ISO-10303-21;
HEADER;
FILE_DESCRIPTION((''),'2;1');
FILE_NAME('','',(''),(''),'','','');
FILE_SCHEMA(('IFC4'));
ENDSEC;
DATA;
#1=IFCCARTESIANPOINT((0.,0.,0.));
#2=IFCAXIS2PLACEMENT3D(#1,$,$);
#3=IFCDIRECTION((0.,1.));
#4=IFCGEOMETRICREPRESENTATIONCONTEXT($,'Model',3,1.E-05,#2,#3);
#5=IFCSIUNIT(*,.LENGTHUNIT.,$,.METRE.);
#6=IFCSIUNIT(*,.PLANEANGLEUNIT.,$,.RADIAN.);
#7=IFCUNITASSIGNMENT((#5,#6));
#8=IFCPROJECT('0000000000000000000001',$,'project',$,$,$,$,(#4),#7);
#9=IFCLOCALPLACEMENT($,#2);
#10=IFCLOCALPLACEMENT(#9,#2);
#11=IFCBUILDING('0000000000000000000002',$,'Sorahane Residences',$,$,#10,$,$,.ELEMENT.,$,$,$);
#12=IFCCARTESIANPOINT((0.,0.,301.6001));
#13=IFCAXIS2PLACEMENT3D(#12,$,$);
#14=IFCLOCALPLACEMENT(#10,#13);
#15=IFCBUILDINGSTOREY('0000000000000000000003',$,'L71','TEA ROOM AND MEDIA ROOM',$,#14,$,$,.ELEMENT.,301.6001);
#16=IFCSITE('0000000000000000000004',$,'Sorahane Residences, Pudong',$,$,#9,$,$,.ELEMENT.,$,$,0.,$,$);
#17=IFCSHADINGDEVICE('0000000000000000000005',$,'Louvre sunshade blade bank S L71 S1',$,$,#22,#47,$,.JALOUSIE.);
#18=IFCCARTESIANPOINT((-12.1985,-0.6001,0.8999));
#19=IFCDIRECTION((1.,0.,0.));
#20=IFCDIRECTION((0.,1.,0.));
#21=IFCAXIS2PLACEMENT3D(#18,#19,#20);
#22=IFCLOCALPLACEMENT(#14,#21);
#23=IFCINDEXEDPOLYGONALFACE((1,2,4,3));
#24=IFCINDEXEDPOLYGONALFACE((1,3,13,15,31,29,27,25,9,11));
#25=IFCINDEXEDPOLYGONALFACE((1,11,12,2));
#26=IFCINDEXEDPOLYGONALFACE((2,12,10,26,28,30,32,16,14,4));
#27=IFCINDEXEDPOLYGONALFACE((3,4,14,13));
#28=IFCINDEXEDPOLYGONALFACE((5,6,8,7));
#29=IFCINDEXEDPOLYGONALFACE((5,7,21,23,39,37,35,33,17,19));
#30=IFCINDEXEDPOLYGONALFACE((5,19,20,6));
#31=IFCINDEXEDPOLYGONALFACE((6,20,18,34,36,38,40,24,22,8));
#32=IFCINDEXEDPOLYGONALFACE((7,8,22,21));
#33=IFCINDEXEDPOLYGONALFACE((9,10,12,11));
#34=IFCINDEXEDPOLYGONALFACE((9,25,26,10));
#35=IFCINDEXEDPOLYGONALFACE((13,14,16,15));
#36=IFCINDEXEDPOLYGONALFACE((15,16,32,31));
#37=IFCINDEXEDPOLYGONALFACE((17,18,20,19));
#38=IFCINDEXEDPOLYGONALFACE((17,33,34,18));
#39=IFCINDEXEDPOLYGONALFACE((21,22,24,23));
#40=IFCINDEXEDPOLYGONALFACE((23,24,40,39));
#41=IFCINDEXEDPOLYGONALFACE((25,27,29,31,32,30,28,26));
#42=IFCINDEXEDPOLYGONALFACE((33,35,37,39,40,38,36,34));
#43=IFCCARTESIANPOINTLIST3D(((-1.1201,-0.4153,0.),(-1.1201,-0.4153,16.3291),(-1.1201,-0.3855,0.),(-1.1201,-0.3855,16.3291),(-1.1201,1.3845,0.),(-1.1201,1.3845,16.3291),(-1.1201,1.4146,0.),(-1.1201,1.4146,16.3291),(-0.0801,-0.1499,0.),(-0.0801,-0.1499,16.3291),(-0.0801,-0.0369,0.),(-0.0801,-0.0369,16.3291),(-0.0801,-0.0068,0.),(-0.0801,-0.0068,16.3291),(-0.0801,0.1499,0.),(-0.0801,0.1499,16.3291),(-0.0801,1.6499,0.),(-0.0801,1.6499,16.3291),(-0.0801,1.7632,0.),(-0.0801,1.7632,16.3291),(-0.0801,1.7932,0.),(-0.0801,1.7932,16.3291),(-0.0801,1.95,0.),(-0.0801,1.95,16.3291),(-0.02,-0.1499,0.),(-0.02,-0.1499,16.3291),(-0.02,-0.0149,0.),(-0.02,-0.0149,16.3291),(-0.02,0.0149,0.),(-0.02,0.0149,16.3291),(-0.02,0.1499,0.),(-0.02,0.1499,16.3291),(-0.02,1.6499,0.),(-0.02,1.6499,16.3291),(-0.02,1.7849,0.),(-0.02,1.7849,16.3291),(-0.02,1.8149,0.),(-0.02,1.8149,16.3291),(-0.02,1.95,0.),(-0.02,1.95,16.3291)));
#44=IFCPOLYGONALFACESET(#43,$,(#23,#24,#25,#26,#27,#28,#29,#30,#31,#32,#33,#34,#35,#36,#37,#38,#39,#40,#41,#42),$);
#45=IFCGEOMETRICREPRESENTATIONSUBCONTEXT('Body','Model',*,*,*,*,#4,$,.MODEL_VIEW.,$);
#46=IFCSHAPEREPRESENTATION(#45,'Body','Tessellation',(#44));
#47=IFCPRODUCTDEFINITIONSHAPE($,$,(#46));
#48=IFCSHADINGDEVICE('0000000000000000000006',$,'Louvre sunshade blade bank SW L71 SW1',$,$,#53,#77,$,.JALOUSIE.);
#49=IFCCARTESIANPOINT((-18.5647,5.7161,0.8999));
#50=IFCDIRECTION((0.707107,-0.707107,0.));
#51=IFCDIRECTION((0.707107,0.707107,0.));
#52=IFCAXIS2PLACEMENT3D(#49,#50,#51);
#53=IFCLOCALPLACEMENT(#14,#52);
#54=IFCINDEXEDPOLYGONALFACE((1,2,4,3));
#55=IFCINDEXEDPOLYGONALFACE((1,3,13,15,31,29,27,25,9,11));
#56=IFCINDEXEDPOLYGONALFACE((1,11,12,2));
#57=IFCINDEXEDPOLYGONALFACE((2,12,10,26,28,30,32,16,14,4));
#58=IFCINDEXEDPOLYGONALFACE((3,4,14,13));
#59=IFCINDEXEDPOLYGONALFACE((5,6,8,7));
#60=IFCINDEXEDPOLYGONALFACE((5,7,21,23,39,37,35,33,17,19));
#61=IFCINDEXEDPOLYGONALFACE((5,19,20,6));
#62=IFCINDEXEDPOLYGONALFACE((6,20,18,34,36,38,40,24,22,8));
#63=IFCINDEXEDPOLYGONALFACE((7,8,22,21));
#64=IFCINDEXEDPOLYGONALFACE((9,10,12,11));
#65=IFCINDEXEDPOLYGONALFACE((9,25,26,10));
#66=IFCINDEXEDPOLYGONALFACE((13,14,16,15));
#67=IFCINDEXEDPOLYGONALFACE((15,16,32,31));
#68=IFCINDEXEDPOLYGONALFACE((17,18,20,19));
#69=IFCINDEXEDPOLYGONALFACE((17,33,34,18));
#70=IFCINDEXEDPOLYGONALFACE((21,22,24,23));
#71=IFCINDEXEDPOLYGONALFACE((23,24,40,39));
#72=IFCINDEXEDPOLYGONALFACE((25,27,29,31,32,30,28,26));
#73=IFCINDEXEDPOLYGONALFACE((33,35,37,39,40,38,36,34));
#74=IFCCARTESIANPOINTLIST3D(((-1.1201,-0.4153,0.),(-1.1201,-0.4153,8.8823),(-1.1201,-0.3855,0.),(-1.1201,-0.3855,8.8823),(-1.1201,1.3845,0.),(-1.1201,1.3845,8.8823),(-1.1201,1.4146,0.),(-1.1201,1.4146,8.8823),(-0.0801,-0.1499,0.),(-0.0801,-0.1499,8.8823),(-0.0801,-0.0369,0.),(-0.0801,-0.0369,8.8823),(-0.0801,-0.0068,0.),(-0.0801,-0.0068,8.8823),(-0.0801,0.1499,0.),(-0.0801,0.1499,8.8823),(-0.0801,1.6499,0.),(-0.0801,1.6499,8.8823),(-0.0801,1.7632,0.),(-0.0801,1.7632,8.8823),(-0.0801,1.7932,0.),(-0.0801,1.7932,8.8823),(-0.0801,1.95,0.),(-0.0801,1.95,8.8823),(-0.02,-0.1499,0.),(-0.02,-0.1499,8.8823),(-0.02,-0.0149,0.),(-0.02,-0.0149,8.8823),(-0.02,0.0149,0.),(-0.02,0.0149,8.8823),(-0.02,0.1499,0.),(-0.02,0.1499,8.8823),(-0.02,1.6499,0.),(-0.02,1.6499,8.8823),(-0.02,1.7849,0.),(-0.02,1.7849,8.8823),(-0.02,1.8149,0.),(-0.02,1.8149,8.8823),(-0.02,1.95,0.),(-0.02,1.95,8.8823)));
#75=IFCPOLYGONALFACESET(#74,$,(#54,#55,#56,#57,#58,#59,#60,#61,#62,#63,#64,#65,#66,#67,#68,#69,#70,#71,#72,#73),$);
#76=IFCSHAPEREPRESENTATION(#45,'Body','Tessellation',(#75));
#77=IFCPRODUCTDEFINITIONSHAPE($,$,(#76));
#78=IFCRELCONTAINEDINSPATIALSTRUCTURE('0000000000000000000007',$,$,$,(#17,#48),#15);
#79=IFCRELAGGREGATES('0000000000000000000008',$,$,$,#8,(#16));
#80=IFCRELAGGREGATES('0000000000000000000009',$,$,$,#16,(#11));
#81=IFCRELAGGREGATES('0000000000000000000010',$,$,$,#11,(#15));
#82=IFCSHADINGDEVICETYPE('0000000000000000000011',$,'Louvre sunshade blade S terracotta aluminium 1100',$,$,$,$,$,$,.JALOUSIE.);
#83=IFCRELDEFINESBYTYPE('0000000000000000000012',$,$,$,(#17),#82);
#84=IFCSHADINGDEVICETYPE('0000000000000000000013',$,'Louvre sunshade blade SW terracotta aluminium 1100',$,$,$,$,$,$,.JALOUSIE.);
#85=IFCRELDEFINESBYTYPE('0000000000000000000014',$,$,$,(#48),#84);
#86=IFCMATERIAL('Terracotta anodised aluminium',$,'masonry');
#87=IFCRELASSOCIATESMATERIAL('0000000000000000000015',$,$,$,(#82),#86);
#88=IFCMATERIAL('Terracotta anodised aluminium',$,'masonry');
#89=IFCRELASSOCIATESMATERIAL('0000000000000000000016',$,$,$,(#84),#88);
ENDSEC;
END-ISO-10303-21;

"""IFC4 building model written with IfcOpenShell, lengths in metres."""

from ifc_helpers import new_model, si_unit, direction, frame, origin, place, context, subcontext, project, spatial, polyline, outline, composite_profile, extrude, material, type_object, element, save


model = new_model("IFC4")

# Units and contexts
model_context = context("Model", 3, precision=1e-05, world=origin(), true_north=direction((0.0, 1.0)))
body_context = subcontext(model_context, "Body", "Model", "MODEL_VIEW")
ifc_project = project(units=[si_unit("LENGTHUNIT", "METRE"), si_unit("PLANEANGLEUNIT", "RADIAN")], contexts=[model_context])

# Site, building, storey
site_placement = place(None, origin())
site = spatial("IfcSite", under=ifc_project, at=site_placement, Name="Sorahane Residences, Pudong", CompositionType="ELEMENT", RefElevation=0.0)
building_placement = place(site_placement, origin())
building = spatial("IfcBuilding", under=site, at=building_placement, Name="Sorahane Residences", CompositionType="ELEMENT")
storey_placement = place(building_placement, frame((0.0, 0.0, 301.6001)))
storey = spatial("IfcBuildingStorey", under=building, at=storey_placement, Name="L71", Description="TEA ROOM AND MEDIA ROOM", CompositionType="ELEMENT", Elevation=301.6001)

# Shading devices
ifc_material_1 = material(Name="Terracotta anodised aluminium", Category="masonry")
shading_device_type_1 = type_object("IfcShadingDeviceType", Name="Louvre sunshade blade S terracotta aluminium 1100", PredefinedType="JALOUSIE", material=ifc_material_1)
shading_device_1_placement = place(storey_placement, frame((-12.1985, -0.6001, 0.8999), z_axis=(1.0, 0.0, 0.0), x_axis=(0.0, 1.0, 0.0)))
element("IfcShadingDevice", 1, at=shading_device_1_placement, inside=storey, type_object=shading_device_type_1, Name="Louvre sunshade blade bank S L71 S1", PredefinedType="JALOUSIE", context=body_context, shape_type="SweptSolid", body=[
    extrude(composite_profile([outline(polyline([(-1.1201, -0.3855), (-1.1201, -0.4153), (-0.0801, -0.0369), (-0.0801, -0.1499), (-0.02, -0.1499), (-0.02, -0.0149), (-0.02, 0.0149), (-0.02, 0.1499), (-0.0801, 0.1499), (-0.0801, -0.0068), (-1.1201, -0.3855)])), outline(polyline([(-1.1201, 1.4146), (-1.1201, 1.3845), (-0.0801, 1.7632), (-0.0801, 1.6499), (-0.02, 1.6499), (-0.02, 1.7849), (-0.02, 1.8149), (-0.02, 1.95), (-0.0801, 1.95), (-0.0801, 1.7932), (-1.1201, 1.4146)]))]), origin(), (0.0, 0.0, 1.0), 16.3291),
])
ifc_material_2 = material(Name="Terracotta anodised aluminium", Category="masonry")
shading_device_type_2 = type_object("IfcShadingDeviceType", Name="Louvre sunshade blade SW terracotta aluminium 1100", PredefinedType="JALOUSIE", material=ifc_material_2)
shading_device_2_placement = place(storey_placement, frame((-18.5647, 5.7161, 0.8999), z_axis=(0.707107, -0.707107, 0.0), x_axis=(0.707107, 0.707107, 0.0)))
element("IfcShadingDevice", 2, at=shading_device_2_placement, inside=storey, type_object=shading_device_type_2, Name="Louvre sunshade blade bank SW L71 SW1", PredefinedType="JALOUSIE", context=body_context, shape_type="SweptSolid", body=[
    extrude(composite_profile([outline(polyline([(-1.1201, -0.3855), (-1.1201, -0.4153), (-0.0801, -0.0369), (-0.0801, -0.1499), (-0.02, -0.1499), (-0.02, -0.0149), (-0.02, 0.0149), (-0.02, 0.1499), (-0.0801, 0.1499), (-0.0801, -0.0068), (-1.1201, -0.3855)])), outline(polyline([(-1.1201, 1.4146), (-1.1201, 1.3845), (-0.0801, 1.7632), (-0.0801, 1.6499), (-0.02, 1.6499), (-0.02, 1.7849), (-0.02, 1.8149), (-0.02, 1.95), (-0.0801, 1.95), (-0.0801, 1.7932), (-1.1201, 1.4146)]))]), origin(), (0.0, 0.0, 1.0), 8.8823),
])

save(model, "model.ifc")
